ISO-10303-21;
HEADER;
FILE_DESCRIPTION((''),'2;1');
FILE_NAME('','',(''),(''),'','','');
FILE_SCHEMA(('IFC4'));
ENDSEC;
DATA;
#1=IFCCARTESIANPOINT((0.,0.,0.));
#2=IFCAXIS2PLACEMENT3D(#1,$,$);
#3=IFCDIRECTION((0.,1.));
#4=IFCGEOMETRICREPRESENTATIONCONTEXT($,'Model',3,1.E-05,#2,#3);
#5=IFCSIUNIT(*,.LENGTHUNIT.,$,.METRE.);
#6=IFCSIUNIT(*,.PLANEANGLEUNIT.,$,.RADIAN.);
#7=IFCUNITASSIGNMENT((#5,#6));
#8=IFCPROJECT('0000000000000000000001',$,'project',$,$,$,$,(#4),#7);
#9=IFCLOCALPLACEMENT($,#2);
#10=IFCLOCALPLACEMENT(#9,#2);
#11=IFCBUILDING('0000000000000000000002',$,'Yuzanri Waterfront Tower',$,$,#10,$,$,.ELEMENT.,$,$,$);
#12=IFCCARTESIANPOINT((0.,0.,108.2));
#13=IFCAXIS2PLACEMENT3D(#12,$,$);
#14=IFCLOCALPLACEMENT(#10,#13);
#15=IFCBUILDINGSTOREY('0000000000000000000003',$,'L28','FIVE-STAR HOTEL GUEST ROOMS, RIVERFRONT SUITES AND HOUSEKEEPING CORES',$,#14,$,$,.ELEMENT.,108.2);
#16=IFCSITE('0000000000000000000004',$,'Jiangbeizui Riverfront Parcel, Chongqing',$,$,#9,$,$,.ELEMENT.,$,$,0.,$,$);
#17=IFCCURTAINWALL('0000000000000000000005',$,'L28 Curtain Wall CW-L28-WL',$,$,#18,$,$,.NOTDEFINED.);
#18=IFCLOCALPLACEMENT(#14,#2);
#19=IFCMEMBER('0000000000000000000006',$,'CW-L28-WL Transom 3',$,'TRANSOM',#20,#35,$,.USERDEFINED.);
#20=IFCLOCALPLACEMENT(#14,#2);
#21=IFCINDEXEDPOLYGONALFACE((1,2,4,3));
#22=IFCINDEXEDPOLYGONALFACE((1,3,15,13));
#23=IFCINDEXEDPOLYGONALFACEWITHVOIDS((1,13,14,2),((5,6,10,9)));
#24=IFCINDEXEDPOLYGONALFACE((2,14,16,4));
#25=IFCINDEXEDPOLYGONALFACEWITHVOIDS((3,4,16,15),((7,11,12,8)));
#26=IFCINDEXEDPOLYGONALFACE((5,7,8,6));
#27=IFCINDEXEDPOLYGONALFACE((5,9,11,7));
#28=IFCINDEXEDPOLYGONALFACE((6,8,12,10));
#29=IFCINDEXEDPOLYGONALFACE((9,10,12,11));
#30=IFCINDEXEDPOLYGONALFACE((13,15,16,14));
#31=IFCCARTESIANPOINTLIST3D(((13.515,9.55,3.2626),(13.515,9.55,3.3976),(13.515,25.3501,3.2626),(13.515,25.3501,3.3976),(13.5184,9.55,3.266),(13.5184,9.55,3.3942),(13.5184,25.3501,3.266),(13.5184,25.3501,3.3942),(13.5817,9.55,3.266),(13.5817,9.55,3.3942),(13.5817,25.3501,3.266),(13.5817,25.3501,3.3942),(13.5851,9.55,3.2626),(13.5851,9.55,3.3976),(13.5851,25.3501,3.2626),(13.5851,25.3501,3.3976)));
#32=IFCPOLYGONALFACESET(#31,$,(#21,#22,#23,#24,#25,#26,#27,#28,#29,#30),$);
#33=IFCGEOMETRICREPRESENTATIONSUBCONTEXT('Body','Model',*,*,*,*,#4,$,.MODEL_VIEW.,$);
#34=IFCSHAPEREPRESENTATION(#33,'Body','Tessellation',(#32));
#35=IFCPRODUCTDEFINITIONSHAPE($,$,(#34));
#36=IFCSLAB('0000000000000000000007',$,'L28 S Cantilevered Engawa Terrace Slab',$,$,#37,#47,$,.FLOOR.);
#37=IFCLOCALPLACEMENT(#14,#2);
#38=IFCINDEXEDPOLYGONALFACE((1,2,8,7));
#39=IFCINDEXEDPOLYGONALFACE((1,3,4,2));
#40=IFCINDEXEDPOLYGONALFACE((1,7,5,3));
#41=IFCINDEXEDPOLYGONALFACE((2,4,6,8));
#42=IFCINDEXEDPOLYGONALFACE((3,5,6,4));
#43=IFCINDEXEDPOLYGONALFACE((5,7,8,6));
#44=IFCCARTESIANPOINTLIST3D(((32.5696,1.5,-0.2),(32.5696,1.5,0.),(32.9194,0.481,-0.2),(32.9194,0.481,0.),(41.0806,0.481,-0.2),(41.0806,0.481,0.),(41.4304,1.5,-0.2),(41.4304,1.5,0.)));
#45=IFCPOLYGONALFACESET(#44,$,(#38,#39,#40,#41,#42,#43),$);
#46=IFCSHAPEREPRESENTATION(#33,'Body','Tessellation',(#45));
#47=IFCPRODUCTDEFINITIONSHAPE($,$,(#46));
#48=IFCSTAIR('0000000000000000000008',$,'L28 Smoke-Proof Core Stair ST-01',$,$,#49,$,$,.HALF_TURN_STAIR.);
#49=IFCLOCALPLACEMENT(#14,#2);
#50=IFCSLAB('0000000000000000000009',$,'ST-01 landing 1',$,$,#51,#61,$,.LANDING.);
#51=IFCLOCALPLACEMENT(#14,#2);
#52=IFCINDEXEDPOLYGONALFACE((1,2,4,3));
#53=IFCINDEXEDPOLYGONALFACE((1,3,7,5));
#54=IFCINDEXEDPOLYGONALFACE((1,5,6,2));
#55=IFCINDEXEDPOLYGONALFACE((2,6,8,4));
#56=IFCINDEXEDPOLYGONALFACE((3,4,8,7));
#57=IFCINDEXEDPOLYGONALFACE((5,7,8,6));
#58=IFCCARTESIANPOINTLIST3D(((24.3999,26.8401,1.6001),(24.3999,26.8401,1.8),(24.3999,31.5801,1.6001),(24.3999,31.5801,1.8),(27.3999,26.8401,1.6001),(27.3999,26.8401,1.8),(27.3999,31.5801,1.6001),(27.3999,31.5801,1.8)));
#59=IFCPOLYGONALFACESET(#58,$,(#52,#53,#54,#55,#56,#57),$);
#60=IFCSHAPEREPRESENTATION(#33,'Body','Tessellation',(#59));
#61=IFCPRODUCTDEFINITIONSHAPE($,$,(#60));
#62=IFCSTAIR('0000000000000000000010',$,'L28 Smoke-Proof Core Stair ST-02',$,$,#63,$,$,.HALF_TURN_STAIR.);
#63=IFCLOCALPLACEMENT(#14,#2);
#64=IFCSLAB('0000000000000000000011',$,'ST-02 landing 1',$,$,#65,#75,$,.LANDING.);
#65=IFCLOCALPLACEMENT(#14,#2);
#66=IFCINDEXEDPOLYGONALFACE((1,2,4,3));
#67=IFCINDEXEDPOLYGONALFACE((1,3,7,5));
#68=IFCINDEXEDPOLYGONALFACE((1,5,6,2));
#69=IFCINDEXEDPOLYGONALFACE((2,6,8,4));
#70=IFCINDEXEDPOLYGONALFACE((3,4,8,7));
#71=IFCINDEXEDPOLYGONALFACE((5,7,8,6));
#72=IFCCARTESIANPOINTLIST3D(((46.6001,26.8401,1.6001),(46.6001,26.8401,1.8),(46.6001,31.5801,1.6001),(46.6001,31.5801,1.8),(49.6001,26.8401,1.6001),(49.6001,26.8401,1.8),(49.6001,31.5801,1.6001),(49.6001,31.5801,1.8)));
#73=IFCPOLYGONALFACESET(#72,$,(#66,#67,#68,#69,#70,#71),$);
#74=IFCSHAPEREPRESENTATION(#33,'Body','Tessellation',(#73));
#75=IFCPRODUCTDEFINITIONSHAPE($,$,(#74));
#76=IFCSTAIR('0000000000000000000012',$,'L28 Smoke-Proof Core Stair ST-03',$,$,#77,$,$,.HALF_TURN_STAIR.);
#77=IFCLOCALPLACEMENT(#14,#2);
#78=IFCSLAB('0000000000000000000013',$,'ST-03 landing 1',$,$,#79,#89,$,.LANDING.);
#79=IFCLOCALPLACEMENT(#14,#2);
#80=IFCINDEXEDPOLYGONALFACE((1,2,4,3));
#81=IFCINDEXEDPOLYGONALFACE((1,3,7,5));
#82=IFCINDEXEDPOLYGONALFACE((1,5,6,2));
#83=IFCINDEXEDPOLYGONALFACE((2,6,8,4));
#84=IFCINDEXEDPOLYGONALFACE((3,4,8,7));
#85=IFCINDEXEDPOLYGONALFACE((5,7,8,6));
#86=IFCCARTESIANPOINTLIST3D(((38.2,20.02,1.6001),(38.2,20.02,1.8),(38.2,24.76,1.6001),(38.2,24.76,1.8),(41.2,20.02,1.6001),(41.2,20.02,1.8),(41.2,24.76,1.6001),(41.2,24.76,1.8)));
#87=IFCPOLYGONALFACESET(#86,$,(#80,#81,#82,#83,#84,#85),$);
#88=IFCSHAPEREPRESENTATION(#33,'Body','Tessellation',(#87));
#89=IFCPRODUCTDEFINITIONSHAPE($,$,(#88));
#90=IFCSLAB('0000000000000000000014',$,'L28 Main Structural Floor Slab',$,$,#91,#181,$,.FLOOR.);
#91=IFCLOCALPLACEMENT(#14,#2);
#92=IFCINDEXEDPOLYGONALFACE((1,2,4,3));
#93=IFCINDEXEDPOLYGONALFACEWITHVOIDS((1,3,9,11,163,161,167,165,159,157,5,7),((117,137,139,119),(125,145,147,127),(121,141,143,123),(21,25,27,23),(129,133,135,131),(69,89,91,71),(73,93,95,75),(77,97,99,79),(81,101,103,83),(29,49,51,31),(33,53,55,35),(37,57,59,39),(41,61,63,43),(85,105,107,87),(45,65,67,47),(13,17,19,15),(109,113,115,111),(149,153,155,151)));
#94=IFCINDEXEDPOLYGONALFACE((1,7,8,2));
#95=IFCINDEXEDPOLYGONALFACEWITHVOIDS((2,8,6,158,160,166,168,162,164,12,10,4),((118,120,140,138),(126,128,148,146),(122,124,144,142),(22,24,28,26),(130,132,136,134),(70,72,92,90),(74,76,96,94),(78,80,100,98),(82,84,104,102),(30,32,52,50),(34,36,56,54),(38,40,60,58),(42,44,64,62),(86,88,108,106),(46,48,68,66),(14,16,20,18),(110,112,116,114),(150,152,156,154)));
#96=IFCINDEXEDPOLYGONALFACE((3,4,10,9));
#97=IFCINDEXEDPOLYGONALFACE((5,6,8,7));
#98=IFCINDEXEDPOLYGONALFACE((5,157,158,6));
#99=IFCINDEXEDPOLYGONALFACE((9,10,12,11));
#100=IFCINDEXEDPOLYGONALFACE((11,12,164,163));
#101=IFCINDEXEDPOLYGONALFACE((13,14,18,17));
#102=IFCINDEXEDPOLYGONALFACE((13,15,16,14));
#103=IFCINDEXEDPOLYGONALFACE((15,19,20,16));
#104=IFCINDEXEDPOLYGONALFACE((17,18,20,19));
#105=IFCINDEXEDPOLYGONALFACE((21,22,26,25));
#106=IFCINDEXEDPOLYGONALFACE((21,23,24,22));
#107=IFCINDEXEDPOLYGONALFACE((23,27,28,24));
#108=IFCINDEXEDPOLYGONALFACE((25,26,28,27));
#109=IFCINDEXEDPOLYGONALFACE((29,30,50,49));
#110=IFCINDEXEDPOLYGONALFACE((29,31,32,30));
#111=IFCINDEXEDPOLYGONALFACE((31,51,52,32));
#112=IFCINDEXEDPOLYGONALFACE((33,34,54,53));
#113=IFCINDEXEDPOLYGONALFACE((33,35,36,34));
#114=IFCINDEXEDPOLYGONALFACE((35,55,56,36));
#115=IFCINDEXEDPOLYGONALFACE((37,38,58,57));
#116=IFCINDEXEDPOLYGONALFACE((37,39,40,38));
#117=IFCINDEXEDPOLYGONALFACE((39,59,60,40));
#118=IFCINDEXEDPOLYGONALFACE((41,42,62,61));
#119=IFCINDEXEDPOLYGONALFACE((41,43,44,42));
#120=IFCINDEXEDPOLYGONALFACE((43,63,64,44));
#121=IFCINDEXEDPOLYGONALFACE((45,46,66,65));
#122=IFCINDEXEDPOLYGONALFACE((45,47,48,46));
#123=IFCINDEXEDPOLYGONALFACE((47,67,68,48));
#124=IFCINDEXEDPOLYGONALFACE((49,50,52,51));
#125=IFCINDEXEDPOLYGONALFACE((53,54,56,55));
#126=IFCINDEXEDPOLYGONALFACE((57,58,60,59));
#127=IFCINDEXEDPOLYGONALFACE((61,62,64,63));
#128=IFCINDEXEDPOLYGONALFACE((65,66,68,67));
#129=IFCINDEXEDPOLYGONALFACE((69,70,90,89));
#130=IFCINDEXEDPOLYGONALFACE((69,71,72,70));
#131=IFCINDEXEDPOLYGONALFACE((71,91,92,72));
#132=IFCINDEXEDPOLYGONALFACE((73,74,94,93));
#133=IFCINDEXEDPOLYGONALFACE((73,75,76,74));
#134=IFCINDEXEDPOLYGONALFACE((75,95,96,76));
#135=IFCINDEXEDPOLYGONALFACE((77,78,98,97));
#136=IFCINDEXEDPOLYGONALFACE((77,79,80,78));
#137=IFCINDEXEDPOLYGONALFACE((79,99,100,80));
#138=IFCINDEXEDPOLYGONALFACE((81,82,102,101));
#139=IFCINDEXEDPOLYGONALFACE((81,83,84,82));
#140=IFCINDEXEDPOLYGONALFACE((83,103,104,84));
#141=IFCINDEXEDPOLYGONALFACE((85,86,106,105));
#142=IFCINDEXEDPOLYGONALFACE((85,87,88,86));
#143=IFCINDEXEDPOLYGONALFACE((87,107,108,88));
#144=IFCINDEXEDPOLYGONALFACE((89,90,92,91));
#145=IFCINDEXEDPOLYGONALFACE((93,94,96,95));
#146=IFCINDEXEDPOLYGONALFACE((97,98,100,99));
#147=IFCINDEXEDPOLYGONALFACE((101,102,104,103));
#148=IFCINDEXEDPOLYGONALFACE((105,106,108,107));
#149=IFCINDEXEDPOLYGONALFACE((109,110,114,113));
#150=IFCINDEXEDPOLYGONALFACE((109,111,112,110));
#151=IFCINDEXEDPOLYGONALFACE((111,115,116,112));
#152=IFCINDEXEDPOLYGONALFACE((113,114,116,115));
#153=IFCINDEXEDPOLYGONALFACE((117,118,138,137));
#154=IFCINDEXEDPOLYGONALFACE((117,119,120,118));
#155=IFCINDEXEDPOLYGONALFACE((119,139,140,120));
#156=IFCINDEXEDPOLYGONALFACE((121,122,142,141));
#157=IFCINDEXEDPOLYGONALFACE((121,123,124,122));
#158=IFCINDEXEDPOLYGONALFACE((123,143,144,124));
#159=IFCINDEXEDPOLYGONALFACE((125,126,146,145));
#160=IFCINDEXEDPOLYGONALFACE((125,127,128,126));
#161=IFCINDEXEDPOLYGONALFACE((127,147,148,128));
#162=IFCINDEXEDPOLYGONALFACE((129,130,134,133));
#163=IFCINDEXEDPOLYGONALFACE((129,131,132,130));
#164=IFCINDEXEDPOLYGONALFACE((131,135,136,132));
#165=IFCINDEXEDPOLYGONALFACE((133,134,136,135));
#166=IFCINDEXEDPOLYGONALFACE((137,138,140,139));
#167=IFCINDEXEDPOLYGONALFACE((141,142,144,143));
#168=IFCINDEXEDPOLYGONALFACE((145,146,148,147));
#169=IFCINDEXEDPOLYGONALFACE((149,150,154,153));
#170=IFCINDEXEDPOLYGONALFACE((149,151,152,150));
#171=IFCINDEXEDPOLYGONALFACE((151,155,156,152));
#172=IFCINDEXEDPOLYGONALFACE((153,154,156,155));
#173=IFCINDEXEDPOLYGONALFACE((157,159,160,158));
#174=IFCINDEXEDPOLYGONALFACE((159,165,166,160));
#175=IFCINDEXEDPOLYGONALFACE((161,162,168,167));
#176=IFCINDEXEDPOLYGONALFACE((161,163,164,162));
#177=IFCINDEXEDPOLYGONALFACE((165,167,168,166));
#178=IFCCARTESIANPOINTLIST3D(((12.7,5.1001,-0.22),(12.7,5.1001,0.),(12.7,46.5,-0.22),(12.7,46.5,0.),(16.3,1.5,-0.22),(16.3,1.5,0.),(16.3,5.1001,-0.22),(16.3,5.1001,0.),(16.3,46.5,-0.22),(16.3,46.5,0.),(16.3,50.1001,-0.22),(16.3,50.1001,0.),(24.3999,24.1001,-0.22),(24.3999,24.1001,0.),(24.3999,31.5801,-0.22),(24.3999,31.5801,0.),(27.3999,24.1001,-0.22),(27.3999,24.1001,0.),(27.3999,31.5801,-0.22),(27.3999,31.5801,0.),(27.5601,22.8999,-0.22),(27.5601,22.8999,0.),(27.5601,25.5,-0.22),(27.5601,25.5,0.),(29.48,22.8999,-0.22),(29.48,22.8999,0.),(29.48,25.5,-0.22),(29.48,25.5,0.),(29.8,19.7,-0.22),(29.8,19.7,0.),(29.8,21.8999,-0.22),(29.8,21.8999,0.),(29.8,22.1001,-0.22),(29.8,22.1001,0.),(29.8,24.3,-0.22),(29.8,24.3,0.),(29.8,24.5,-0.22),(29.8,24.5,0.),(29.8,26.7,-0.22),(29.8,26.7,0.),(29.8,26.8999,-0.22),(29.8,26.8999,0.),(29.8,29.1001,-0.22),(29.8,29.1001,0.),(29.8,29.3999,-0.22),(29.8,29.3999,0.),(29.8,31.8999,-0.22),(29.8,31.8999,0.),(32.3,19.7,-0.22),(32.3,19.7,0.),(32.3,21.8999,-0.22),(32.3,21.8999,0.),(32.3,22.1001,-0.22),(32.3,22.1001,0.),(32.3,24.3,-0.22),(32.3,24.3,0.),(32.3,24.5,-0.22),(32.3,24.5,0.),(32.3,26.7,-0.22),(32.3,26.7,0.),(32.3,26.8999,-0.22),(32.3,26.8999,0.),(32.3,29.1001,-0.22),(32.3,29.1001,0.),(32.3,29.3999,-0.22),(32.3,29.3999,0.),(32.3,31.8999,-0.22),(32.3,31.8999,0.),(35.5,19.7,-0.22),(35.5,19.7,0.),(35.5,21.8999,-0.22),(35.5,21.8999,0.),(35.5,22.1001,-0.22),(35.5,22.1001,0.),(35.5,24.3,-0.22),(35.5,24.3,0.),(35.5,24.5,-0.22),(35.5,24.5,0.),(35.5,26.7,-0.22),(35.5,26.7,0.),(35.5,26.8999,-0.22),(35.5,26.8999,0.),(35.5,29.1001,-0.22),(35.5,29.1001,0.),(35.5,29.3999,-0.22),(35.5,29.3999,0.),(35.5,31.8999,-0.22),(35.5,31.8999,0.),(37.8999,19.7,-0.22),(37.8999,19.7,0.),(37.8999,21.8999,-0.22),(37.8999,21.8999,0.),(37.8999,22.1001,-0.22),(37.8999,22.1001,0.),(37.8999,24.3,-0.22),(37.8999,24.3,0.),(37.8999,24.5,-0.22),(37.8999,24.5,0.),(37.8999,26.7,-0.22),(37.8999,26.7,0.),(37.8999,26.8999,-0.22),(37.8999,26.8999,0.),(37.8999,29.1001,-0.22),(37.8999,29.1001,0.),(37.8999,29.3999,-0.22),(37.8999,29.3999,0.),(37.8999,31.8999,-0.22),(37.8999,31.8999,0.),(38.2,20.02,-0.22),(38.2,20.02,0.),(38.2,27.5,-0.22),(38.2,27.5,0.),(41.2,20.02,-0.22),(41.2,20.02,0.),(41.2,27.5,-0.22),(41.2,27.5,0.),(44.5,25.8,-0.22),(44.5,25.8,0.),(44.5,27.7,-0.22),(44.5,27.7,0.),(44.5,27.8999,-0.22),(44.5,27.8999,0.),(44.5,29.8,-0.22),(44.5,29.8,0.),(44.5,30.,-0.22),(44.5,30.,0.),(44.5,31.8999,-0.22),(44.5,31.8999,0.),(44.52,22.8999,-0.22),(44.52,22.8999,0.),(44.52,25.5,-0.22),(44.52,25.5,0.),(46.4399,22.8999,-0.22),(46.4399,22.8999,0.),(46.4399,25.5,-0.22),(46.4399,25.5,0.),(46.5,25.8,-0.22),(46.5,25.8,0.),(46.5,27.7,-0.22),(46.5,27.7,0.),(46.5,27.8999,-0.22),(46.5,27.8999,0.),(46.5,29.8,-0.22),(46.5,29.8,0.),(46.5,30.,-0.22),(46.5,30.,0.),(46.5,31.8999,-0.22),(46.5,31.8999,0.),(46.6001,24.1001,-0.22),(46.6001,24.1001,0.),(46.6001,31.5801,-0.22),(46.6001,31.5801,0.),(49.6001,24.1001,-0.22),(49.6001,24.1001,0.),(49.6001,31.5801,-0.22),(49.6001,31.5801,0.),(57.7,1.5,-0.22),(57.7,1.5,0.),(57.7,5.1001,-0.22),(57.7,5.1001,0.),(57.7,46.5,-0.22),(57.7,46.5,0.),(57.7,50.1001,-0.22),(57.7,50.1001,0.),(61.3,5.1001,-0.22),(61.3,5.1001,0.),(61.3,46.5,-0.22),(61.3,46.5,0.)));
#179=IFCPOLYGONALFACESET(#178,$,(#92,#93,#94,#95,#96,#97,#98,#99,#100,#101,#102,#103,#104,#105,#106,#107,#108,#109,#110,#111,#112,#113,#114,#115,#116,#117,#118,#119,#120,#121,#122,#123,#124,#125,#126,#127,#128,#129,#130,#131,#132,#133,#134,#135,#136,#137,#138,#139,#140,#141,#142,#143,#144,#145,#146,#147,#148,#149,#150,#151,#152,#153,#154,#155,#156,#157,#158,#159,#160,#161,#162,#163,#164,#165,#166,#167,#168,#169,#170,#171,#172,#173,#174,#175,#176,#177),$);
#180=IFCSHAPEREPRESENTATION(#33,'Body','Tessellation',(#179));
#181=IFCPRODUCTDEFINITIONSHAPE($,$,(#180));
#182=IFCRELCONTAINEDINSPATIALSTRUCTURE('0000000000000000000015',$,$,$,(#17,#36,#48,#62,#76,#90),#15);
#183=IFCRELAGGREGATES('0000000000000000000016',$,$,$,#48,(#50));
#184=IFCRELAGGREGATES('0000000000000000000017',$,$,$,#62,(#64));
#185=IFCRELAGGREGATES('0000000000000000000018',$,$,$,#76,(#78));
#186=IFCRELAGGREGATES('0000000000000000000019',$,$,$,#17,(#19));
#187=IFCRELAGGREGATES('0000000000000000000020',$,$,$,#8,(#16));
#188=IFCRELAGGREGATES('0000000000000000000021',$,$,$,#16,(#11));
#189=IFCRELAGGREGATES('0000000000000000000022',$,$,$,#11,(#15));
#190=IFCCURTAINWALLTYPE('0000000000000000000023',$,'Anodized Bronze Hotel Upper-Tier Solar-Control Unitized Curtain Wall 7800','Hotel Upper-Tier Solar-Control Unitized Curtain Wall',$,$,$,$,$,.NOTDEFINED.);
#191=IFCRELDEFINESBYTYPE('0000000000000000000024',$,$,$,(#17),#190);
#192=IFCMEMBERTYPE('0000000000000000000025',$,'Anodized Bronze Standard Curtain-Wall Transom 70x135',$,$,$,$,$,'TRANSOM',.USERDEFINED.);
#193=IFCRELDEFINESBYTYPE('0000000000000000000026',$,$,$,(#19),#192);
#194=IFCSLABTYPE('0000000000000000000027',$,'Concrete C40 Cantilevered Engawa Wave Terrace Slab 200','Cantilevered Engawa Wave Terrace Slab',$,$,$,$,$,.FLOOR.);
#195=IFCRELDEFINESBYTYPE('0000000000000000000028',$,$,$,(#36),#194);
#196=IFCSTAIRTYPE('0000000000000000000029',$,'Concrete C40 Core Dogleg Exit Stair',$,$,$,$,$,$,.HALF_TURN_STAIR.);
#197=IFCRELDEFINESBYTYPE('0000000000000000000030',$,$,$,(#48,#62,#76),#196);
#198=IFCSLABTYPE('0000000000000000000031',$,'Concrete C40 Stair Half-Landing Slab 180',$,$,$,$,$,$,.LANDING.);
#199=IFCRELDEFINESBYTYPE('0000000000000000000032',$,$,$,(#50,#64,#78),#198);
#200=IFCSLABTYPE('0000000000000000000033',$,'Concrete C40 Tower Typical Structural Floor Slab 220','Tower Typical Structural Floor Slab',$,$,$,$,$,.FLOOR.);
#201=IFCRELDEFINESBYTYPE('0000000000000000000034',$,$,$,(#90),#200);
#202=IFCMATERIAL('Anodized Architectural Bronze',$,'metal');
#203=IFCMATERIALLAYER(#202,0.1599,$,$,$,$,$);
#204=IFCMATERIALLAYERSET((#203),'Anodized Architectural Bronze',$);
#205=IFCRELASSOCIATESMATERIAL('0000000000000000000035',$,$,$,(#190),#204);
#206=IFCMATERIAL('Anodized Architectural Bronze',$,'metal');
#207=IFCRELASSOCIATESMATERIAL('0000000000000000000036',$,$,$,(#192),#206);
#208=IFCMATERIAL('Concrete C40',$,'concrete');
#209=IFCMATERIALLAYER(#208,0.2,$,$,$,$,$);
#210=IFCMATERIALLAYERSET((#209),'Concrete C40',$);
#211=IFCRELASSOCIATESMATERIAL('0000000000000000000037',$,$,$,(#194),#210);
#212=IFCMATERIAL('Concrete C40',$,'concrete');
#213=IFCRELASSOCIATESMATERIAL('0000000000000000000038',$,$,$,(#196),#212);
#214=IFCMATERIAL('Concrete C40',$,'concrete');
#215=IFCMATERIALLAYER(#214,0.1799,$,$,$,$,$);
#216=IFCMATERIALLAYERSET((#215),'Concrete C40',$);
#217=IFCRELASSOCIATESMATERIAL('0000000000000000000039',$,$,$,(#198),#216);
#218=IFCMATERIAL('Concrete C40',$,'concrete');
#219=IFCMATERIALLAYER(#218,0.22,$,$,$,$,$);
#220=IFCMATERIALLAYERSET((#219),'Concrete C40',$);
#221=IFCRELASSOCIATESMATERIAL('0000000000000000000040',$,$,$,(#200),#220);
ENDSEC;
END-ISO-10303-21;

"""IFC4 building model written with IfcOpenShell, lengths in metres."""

from ifc_helpers import new_model, si_unit, direction, frame, origin, origin_2d, place, context, subcontext, project, spatial, polyline, hollow_rectangle, outline, extrude, source, transform, mapped, material, layer, layer_set, material_profile, profile_set, type_object, element, aggregate, save


model = new_model("IFC4")

# Units and contexts
model_context = context("Model", 3, precision=1e-05, world=origin(), true_north=direction((0.0, 1.0)))
body_context = subcontext(model_context, "Body", "Model", "MODEL_VIEW")
ifc_project = project(units=[si_unit("LENGTHUNIT", "METRE"), si_unit("PLANEANGLEUNIT", "RADIAN")], contexts=[model_context])

# Site, building, storey
site_placement = place(None, origin())
site = spatial("IfcSite", under=ifc_project, at=site_placement, Name="Jiangbeizui Riverfront Parcel, Chongqing", CompositionType="ELEMENT", RefElevation=0.0)
building_placement = place(site_placement, origin())
building = spatial("IfcBuilding", under=site, at=building_placement, Name="Yuzanri Waterfront Tower", CompositionType="ELEMENT")
storey_placement = place(building_placement, frame((0.0, 0.0, 108.2)))
storey = spatial("IfcBuildingStorey", under=building, at=storey_placement, Name="L28", Description="FIVE-STAR HOTEL GUEST ROOMS, RIVERFRONT SUITES AND HOUSEKEEPING CORES", CompositionType="ELEMENT", Elevation=108.2)

# Curtain wall, member
ifc_material_1 = material(Name="Anodized Architectural Bronze", Category="metal")
ifc_layer_1 = layer(ifc_material_1, 0.1599)
ifc_layer_set_1 = layer_set([ifc_layer_1], Name="Anodized Architectural Bronze")
curtain_wall_type = type_object("IfcCurtainWallType", Name="Anodized Bronze Hotel Upper-Tier Solar-Control Unitized Curtain Wall 7800", Description="Hotel Upper-Tier Solar-Control Unitized Curtain Wall", PredefinedType="NOTDEFINED", material=ifc_layer_set_1)
curtain_wall_placement = place(storey_placement, origin())
curtain_wall = element("IfcCurtainWall", 1, at=curtain_wall_placement, inside=storey, type_object=curtain_wall_type, Name="L28 Curtain Wall CW-L28-WL", PredefinedType="NOTDEFINED")
ifc_material_2 = material(Name="Anodized Architectural Bronze", Category="metal")
ifc_material_profile_1 = material_profile(ifc_material_2, hollow_rectangle(XDim=0.0701, YDim=0.135, WallThickness=0.0034, at=origin_2d()), Name="CWT 70x135")
ifc_profile_set_1 = profile_set([ifc_material_profile_1], Name="Anodized Architectural Bronze")
member_type_1 = type_object("IfcMemberType", Name="Anodized Bronze Standard Curtain-Wall Transom 70x135", ElementType="TRANSOM", PredefinedType="USERDEFINED", material=ifc_profile_set_1)
shared_shape_1 = source(origin(), body_context, "Body", "SweptSolid", [
    extrude(hollow_rectangle(XDim=0.0701, YDim=0.135, WallThickness=0.0034, at=origin_2d()), origin(), (0.0, 0.0, 1.0), 15.8),
])
member_1_placement = place(storey_placement, frame((13.55, 9.55, 3.3301), z_axis=(0.0, 1.0, 0.0), x_axis=(-1.0, 0.0, 0.0)))
member_1 = element("IfcMember", 2, at=member_1_placement, type_object=member_type_1, Name="CW-L28-WL Transom 3", ObjectType="TRANSOM", PredefinedType="USERDEFINED", context=body_context, shape_type="MappedRepresentation", body=[
    mapped(shared_shape_1, transform((0.0, 0.0, 0.0), scale=1.0)),
])

# Slab
ifc_material_3 = material(Name="Concrete C40", Category="concrete")
ifc_layer_2 = layer(ifc_material_3, 0.2)
ifc_layer_set_2 = layer_set([ifc_layer_2], Name="Concrete C40")
slab_type_1 = type_object("IfcSlabType", Name="Concrete C40 Cantilevered Engawa Wave Terrace Slab 200", Description="Cantilevered Engawa Wave Terrace Slab", PredefinedType="FLOOR", material=ifc_layer_set_2)
slab_1_placement = place(storey_placement, frame((0.0, 0.0, -0.2)))
element("IfcSlab", 3, at=slab_1_placement, inside=storey, type_object=slab_type_1, Name="L28 S Cantilevered Engawa Terrace Slab", PredefinedType="FLOOR", context=body_context, shape_type="SweptSolid", body=[
    extrude(outline(polyline([(32.5696, 1.5), (41.4304, 1.5), (41.0806, 0.481), (32.9194, 0.481), (32.5696, 1.5)])), origin(), (0.0, 0.0, 1.0), 0.2),
])

# Stairs, slabs
ifc_material_4 = material(Name="Concrete C40", Category="concrete")
stair_type = type_object("IfcStairType", Name="Concrete C40 Core Dogleg Exit Stair", PredefinedType="HALF_TURN_STAIR", material=ifc_material_4)
stair_1_placement = place(storey_placement, origin())
stair_1 = element("IfcStair", 4, at=stair_1_placement, inside=storey, type_object=stair_type, Name="L28 Smoke-Proof Core Stair ST-01", PredefinedType="HALF_TURN_STAIR")
ifc_material_5 = material(Name="Concrete C40", Category="concrete")
ifc_layer_3 = layer(ifc_material_5, 0.1799)
ifc_layer_set_3 = layer_set([ifc_layer_3], Name="Concrete C40")
slab_type_2 = type_object("IfcSlabType", Name="Concrete C40 Stair Half-Landing Slab 180", PredefinedType="LANDING", material=ifc_layer_set_3)
slab_2_placement = place(storey_placement, frame((0.0, 0.0, 1.6001)))
slab_2 = element("IfcSlab", 5, at=slab_2_placement, type_object=slab_type_2, Name="ST-01 landing 1", PredefinedType="LANDING", context=body_context, shape_type="SweptSolid", body=[
    extrude(outline(polyline([(27.3999, 26.8401), (27.3999, 31.5801), (24.3999, 31.5801), (24.3999, 26.8401), (27.3999, 26.8401)])), origin(), (0.0, 0.0, 1.0), 0.2),
])
aggregate(stair_1, [slab_2])
stair_2_placement = place(storey_placement, origin())
stair_2 = element("IfcStair", 6, at=stair_2_placement, inside=storey, type_object=stair_type, Name="L28 Smoke-Proof Core Stair ST-02", PredefinedType="HALF_TURN_STAIR")
slab_3_placement = place(storey_placement, frame((0.0, 0.0, 1.6001)))
slab_3 = element("IfcSlab", 7, at=slab_3_placement, type_object=slab_type_2, Name="ST-02 landing 1", PredefinedType="LANDING", context=body_context, shape_type="SweptSolid", body=[
    extrude(outline(polyline([(49.6001, 26.8401), (49.6001, 31.5801), (46.6001, 31.5801), (46.6001, 26.8401), (49.6001, 26.8401)])), origin(), (0.0, 0.0, 1.0), 0.2),
])
aggregate(stair_2, [slab_3])
stair_3_placement = place(storey_placement, origin())
stair_3 = element("IfcStair", 8, at=stair_3_placement, inside=storey, type_object=stair_type, Name="L28 Smoke-Proof Core Stair ST-03", PredefinedType="HALF_TURN_STAIR")
slab_4_placement = place(storey_placement, frame((0.0, 0.0, 1.6001)))
slab_4 = element("IfcSlab", 9, at=slab_4_placement, type_object=slab_type_2, Name="ST-03 landing 1", PredefinedType="LANDING", context=body_context, shape_type="SweptSolid", body=[
    extrude(outline(polyline([(38.2, 24.76), (38.2, 20.02), (41.2, 20.02), (41.2, 24.76), (38.2, 24.76)])), origin(), (0.0, 0.0, 1.0), 0.2),
])
aggregate(stair_3, [slab_4])

# Slab
ifc_material_6 = material(Name="Concrete C40", Category="concrete")
ifc_layer_4 = layer(ifc_material_6, 0.22)
ifc_layer_set_4 = layer_set([ifc_layer_4], Name="Concrete C40")
slab_type_3 = type_object("IfcSlabType", Name="Concrete C40 Tower Typical Structural Floor Slab 220", Description="Tower Typical Structural Floor Slab", PredefinedType="FLOOR", material=ifc_layer_set_4)
slab_5_placement = place(storey_placement, frame((0.0, 0.0, -0.22)))
element("IfcSlab", 10, at=slab_5_placement, inside=storey, type_object=slab_type_3, Name="L28 Main Structural Floor Slab", PredefinedType="FLOOR", context=body_context, shape_type="SweptSolid", body=[
    extrude(outline(polyline([(16.3, 1.5), (57.7, 1.5), (57.7, 5.1001), (61.3, 5.1001), (61.3, 46.5), (57.7, 46.5), (57.7, 50.1001), (16.3, 50.1001), (16.3, 46.5), (12.7, 46.5), (12.7, 5.1001), (16.3, 5.1001), (16.3, 1.5)]), holes=[polyline([(27.3999, 24.1001), (27.3999, 31.5801), (24.3999, 31.5801), (24.3999, 24.1001), (27.3999, 24.1001)]), polyline([(49.6001, 24.1001), (49.6001, 31.5801), (46.6001, 31.5801), (46.6001, 24.1001), (49.6001, 24.1001)]), polyline([(38.2, 27.5), (38.2, 20.02), (41.2, 20.02), (41.2, 27.5), (38.2, 27.5)]), polyline([(27.5601, 22.8999), (29.48, 22.8999), (29.48, 25.5), (27.5601, 25.5), (27.5601, 22.8999)]), polyline([(44.52, 22.8999), (46.4399, 22.8999), (46.4399, 25.5), (44.52, 25.5), (44.52, 22.8999)]), polyline([(29.8, 19.7), (32.3, 19.7), (32.3, 21.8999), (29.8, 21.8999), (29.8, 19.7)]), polyline([(29.8, 22.1001), (32.3, 22.1001), (32.3, 24.3), (29.8, 24.3), (29.8, 22.1001)]), polyline([(29.8, 24.5), (32.3, 24.5), (32.3, 26.7), (29.8, 26.7), (29.8, 24.5)]), polyline([(29.8, 26.8999), (32.3, 26.8999), (32.3, 29.1001), (29.8, 29.1001), (29.8, 26.8999)]), polyline([(29.8, 29.3999), (32.3, 29.3999), (32.3, 31.8999), (29.8, 31.8999), (29.8, 29.3999)]), polyline([(35.5, 19.7), (37.8999, 19.7), (37.8999, 21.8999), (35.5, 21.8999), (35.5, 19.7)]), polyline([(35.5, 22.1001), (37.8999, 22.1001), (37.8999, 24.3), (35.5, 24.3), (35.5, 22.1001)]), polyline([(35.5, 24.5), (37.8999, 24.5), (37.8999, 26.7), (35.5, 26.7), (35.5, 24.5)]), polyline([(35.5, 26.8999), (37.8999, 26.8999), (37.8999, 29.1001), (35.5, 29.1001), (35.5, 26.8999)]), polyline([(35.5, 29.3999), (37.8999, 29.3999), (37.8999, 31.8999), (35.5, 31.8999), (35.5, 29.3999)]), polyline([(44.5, 25.8), (46.5, 25.8), (46.5, 27.7), (44.5, 27.7), (44.5, 25.8)]), polyline([(44.5, 27.8999), (46.5, 27.8999), (46.5, 29.8), (44.5, 29.8), (44.5, 27.8999)]), polyline([(44.5, 30.0), (46.5, 30.0), (46.5, 31.8999), (44.5, 31.8999), (44.5, 30.0)])]), origin(), (0.0, 0.0, 1.0), 0.22),
])

aggregate(curtain_wall, [member_1])

save(model, "model.ifc")
